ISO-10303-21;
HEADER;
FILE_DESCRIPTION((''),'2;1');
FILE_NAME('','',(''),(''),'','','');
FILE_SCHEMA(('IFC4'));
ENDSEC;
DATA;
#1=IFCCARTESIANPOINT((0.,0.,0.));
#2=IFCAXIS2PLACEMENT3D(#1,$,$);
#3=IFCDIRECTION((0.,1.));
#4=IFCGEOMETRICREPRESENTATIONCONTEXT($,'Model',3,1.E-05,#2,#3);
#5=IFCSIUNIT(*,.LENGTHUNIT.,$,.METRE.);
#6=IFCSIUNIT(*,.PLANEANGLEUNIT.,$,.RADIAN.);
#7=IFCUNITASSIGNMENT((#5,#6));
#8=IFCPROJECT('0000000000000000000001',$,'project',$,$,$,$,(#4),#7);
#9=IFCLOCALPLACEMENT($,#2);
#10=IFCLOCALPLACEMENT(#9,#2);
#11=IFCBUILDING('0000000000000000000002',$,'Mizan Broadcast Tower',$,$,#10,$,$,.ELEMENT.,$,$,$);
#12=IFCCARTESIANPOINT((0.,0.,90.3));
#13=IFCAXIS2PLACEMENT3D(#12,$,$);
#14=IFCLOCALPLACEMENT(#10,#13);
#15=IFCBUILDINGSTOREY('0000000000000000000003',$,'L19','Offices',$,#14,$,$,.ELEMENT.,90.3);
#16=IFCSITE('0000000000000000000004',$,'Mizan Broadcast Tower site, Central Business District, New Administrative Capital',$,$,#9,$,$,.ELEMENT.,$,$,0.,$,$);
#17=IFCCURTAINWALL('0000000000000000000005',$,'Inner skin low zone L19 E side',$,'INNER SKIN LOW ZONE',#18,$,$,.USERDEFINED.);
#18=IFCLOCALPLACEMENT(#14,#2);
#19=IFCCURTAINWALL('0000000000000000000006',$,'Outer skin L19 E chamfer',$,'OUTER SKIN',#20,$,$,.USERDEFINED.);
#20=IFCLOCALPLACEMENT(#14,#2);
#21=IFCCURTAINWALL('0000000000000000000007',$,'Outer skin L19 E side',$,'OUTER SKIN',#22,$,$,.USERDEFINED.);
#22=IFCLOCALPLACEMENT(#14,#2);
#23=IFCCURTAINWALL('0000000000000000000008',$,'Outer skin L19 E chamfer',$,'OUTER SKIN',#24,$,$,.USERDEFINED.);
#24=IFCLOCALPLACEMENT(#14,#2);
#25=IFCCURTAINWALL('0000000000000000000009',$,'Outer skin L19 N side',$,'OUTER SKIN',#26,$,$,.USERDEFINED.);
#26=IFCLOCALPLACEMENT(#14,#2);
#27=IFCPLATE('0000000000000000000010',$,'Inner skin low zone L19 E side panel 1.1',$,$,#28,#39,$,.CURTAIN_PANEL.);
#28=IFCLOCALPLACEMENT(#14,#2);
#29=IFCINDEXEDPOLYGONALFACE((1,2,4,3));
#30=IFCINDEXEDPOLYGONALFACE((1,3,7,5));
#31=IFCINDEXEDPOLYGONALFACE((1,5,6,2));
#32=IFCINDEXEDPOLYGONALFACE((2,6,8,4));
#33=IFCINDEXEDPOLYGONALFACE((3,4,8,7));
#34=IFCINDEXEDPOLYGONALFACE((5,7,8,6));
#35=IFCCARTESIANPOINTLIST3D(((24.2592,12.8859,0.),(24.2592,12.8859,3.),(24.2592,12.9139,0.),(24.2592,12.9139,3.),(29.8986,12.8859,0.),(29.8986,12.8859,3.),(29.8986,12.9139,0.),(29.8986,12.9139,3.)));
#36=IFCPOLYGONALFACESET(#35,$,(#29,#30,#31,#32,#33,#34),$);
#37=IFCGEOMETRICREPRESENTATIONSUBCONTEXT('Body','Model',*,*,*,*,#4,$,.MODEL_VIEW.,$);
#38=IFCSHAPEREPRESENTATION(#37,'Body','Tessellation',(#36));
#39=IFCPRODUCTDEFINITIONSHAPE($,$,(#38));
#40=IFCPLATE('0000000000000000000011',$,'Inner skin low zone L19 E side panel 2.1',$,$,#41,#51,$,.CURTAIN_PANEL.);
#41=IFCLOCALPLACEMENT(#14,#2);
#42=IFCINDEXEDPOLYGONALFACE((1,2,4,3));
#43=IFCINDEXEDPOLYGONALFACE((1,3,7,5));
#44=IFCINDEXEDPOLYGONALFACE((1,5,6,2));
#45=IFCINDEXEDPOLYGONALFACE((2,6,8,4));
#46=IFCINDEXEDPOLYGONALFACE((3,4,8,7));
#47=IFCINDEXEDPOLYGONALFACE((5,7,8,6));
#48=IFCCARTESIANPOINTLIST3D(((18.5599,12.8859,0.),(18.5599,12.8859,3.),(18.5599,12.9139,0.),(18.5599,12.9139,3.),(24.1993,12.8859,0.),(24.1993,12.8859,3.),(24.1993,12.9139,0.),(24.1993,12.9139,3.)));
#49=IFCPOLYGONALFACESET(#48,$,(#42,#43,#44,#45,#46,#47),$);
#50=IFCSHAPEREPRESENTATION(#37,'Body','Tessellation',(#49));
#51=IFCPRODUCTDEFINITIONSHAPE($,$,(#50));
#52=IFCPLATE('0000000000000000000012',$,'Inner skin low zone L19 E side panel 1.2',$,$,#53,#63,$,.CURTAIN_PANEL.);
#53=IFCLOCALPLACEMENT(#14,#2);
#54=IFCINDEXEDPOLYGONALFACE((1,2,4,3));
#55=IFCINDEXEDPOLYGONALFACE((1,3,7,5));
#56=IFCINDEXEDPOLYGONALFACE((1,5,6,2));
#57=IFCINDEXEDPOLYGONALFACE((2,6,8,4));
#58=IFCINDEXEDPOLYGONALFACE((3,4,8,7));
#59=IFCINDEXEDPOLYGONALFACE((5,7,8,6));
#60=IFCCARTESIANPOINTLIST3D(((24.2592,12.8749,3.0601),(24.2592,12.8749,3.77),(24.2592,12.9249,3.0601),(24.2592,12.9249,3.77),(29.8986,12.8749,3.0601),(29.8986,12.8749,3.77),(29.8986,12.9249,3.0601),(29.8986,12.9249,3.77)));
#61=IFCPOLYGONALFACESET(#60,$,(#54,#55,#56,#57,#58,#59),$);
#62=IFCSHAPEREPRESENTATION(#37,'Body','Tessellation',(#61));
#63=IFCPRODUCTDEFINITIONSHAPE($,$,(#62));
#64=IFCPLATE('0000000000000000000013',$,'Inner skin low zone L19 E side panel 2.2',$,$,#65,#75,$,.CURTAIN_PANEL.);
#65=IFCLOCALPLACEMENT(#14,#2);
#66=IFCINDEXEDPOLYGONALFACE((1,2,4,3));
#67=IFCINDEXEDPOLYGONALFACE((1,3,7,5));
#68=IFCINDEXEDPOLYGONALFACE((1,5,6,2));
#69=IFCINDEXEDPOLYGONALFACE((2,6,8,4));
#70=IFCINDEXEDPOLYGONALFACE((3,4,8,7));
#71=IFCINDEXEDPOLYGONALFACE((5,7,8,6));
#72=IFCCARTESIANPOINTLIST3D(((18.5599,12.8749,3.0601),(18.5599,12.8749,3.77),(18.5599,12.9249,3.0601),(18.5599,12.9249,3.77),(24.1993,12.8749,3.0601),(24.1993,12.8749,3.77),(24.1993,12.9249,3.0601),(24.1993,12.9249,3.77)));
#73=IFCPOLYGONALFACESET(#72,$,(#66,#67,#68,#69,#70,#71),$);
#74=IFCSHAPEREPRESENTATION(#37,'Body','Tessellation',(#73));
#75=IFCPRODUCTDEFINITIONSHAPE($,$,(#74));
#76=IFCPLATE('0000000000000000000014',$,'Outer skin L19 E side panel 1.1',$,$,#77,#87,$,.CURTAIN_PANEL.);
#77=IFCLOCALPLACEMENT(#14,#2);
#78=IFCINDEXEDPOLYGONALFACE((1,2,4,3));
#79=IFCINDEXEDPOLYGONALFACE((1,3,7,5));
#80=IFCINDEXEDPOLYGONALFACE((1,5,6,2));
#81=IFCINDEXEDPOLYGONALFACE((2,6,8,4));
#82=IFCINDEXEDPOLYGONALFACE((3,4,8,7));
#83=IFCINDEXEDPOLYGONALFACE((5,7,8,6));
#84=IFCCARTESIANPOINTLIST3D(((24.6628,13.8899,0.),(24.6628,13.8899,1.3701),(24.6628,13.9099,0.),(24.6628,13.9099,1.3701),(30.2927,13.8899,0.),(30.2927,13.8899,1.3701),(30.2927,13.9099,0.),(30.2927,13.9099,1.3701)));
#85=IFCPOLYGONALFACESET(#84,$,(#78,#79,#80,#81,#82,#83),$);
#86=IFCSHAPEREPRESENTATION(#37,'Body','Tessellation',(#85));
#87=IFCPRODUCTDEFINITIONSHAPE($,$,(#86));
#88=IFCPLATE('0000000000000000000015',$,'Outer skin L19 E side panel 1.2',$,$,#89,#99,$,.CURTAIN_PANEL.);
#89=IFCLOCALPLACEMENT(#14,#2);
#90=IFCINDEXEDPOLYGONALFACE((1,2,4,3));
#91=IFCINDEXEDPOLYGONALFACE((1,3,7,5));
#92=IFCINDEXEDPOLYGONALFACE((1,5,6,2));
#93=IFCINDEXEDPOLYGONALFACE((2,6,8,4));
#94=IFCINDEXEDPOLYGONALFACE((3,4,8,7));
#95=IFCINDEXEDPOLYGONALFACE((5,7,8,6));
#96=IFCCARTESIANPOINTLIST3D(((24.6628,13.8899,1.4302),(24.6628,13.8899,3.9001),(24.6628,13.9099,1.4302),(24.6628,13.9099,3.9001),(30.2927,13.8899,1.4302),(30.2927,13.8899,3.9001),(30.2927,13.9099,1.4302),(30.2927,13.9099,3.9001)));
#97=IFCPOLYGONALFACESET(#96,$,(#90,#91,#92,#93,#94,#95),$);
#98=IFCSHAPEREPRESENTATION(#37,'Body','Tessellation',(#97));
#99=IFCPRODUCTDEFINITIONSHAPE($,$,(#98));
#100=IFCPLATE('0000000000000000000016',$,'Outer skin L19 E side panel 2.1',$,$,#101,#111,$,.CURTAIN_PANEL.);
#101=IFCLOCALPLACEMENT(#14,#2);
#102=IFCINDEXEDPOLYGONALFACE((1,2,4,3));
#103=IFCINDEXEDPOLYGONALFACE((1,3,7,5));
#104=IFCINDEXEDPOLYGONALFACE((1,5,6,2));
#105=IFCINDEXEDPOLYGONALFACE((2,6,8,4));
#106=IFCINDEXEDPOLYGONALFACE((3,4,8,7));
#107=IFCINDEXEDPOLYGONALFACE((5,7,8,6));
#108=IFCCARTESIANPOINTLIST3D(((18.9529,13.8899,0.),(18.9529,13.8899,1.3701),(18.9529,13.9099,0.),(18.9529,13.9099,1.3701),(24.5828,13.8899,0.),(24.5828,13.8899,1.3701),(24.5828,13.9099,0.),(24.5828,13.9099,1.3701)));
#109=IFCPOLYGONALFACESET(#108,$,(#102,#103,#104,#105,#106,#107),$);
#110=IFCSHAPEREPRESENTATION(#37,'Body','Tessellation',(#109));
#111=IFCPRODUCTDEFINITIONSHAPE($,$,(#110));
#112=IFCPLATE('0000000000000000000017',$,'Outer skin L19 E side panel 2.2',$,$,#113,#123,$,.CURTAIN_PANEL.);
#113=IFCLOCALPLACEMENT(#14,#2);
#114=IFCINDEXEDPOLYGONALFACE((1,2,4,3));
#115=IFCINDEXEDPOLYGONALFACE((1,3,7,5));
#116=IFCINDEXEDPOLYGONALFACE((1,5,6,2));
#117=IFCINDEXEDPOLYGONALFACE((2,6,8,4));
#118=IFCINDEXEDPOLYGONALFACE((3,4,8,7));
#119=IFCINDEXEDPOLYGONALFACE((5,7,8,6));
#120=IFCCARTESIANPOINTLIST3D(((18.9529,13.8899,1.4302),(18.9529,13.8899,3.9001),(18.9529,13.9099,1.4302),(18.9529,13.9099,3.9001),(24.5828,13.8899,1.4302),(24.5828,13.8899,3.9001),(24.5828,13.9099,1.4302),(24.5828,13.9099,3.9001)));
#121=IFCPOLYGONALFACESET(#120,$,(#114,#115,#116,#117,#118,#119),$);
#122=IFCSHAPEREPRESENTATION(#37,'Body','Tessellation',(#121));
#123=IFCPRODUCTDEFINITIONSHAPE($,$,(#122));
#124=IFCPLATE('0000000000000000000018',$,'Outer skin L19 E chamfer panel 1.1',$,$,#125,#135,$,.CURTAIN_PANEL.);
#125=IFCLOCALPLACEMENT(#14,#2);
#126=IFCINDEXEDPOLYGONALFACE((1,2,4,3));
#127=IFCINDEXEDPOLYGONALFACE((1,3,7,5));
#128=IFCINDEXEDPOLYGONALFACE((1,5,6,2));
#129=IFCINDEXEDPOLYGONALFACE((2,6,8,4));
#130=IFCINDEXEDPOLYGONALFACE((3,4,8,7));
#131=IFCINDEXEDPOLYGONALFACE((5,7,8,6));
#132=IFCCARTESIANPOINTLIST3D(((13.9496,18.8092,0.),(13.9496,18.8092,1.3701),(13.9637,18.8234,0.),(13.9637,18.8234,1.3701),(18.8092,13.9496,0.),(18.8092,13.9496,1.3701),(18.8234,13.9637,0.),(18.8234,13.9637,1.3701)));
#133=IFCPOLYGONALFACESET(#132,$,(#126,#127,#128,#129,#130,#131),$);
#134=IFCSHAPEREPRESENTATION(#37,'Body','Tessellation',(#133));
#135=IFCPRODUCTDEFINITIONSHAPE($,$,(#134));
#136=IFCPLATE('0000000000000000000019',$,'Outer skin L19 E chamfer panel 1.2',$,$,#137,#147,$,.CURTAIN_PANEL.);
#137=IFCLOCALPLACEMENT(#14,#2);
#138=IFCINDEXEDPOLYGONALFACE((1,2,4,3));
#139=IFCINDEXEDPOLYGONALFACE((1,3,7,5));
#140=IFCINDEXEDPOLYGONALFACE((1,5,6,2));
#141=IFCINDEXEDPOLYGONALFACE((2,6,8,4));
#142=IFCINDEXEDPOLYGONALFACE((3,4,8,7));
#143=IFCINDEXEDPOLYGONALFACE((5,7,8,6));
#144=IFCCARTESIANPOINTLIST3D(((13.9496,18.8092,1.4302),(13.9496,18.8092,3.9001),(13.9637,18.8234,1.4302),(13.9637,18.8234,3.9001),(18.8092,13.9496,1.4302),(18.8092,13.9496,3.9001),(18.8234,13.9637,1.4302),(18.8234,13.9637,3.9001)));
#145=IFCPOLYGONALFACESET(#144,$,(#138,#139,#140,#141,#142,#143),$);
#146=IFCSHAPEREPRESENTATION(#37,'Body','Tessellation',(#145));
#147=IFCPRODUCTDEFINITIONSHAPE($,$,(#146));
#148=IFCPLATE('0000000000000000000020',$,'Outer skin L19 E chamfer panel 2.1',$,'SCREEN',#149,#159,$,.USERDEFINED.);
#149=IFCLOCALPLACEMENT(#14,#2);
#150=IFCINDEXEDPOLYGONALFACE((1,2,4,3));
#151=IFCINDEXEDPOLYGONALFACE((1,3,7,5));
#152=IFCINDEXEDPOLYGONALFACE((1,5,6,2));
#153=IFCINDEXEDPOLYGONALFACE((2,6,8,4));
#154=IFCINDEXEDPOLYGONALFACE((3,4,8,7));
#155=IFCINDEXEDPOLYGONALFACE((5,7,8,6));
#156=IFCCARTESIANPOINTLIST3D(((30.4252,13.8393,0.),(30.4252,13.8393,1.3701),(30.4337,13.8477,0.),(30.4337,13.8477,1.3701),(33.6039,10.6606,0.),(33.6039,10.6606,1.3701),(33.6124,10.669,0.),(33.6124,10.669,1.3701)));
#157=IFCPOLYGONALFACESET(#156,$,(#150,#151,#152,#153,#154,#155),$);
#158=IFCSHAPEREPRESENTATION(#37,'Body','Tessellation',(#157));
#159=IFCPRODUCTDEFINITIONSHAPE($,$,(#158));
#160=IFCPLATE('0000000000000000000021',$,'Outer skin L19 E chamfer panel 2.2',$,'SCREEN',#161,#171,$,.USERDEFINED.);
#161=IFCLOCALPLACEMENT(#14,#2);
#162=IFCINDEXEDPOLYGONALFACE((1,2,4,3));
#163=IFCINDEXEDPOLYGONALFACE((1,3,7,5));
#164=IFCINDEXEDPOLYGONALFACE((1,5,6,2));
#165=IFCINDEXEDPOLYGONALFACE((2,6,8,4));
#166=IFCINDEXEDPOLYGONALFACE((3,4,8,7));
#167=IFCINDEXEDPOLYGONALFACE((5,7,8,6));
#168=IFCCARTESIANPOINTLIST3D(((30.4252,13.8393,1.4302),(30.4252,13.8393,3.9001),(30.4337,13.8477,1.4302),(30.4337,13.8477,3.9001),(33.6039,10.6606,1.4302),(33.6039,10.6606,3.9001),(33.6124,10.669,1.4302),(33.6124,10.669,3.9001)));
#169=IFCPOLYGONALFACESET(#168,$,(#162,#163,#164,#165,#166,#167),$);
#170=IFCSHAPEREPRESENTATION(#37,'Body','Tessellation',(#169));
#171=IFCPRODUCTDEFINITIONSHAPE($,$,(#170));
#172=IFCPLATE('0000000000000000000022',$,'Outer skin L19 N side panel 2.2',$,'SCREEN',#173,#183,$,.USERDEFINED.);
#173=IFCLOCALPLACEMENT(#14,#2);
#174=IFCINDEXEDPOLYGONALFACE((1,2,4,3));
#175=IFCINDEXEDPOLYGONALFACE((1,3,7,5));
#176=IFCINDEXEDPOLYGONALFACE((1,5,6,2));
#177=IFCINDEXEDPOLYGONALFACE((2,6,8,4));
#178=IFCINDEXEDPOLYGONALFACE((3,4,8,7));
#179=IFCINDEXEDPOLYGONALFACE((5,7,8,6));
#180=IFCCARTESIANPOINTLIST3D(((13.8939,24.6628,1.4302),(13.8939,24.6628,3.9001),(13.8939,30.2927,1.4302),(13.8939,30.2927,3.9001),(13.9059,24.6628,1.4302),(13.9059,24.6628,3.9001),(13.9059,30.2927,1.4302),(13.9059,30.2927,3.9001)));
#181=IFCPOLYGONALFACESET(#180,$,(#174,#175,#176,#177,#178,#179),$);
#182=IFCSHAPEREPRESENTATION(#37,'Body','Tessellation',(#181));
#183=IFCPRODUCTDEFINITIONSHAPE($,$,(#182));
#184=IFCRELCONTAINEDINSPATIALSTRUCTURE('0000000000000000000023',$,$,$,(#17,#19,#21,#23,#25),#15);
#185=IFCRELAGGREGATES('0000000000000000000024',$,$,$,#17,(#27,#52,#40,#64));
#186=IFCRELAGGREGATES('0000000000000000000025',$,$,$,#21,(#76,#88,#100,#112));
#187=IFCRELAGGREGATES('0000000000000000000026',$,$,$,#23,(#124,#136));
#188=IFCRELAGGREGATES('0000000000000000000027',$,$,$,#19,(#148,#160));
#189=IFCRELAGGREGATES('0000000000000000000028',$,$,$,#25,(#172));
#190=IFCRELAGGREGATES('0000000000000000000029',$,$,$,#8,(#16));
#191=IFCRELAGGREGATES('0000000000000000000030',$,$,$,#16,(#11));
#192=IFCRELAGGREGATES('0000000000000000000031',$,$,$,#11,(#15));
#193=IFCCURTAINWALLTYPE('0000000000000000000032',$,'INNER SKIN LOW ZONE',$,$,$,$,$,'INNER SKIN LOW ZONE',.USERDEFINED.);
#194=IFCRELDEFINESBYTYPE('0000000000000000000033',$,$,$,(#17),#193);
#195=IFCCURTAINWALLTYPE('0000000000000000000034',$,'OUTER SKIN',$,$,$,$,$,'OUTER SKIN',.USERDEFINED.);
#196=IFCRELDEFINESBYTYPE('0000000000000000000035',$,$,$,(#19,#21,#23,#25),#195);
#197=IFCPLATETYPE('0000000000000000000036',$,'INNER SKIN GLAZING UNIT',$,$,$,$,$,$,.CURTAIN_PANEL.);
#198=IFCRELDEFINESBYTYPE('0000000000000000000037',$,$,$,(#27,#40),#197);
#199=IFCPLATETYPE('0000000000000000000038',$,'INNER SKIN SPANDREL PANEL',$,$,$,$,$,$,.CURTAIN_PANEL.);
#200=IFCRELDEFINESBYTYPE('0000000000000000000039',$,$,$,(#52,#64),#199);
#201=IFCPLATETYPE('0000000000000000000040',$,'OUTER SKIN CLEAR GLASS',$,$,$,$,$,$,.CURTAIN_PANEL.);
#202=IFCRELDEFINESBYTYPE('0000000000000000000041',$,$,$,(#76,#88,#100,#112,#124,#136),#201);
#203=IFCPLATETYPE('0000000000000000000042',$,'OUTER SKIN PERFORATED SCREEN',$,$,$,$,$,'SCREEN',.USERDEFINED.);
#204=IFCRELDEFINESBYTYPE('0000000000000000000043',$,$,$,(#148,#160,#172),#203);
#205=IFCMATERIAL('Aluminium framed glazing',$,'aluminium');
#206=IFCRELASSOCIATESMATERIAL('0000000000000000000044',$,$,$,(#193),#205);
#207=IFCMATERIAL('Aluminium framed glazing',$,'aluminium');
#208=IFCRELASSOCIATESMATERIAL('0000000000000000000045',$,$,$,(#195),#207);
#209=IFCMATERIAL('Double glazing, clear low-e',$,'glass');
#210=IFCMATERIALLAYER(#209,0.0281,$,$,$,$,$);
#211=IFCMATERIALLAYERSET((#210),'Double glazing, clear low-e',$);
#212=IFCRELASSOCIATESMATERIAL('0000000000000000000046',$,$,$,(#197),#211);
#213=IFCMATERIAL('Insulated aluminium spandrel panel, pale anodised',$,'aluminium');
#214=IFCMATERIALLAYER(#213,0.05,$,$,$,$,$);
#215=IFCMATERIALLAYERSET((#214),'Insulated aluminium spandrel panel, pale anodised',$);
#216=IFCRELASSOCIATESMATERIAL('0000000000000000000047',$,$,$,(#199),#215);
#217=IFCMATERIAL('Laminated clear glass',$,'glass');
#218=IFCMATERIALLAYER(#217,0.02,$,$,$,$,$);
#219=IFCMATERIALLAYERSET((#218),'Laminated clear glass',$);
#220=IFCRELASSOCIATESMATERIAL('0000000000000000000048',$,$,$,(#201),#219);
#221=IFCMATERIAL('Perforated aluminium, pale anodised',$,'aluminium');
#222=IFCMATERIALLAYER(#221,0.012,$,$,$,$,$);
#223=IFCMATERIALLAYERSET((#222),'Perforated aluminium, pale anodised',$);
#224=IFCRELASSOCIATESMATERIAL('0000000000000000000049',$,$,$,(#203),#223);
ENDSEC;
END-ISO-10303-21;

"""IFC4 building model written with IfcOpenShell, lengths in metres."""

from ifc_helpers import new_model, si_unit, direction, frame, origin, origin_2d, place, context, subcontext, project, spatial, rectangle, extrude, material, layer, layer_set, type_object, element, aggregate, save


model = new_model("IFC4")

# Units and contexts
model_context = context("Model", 3, precision=1e-05, world=origin(), true_north=direction((0.0, 1.0)))
body_context = subcontext(model_context, "Body", "Model", "MODEL_VIEW")
ifc_project = project(units=[si_unit("LENGTHUNIT", "METRE"), si_unit("PLANEANGLEUNIT", "RADIAN")], contexts=[model_context])

# Site, building, storey
site_placement = place(None, origin())
site = spatial("IfcSite", under=ifc_project, at=site_placement, Name="Mizan Broadcast Tower site, Central Business District, New Administrative Capital", CompositionType="ELEMENT", RefElevation=0.0)
building_placement = place(site_placement, origin())
building = spatial("IfcBuilding", under=site, at=building_placement, Name="Mizan Broadcast Tower", CompositionType="ELEMENT")
storey_placement = place(building_placement, frame((0.0, 0.0, 90.3)))
storey = spatial("IfcBuildingStorey", under=building, at=storey_placement, Name="L19", Description="Offices", CompositionType="ELEMENT", Elevation=90.3)

# Shared definitions
ifc_material_1 = material(Name="Aluminium framed glazing", Category="aluminium")
curtain_wall_type_1 = type_object("IfcCurtainWallType", Name="INNER SKIN LOW ZONE", ElementType="INNER SKIN LOW ZONE", PredefinedType="USERDEFINED", material=ifc_material_1)

# Curtain wall
curtain_wall_1_placement = place(storey_placement, origin())
curtain_wall_1 = element("IfcCurtainWall", 1, at=curtain_wall_1_placement, inside=storey, type_object=curtain_wall_type_1, Name="Inner skin low zone L19 E side", ObjectType="INNER SKIN LOW ZONE", PredefinedType="USERDEFINED")

# Curtain wall
ifc_material_2 = material(Name="Aluminium framed glazing", Category="aluminium")
curtain_wall_type_2 = type_object("IfcCurtainWallType", Name="OUTER SKIN", ElementType="OUTER SKIN", PredefinedType="USERDEFINED", material=ifc_material_2)
curtain_wall_2_placement = place(storey_placement, origin())
curtain_wall_2 = element("IfcCurtainWall", 2, at=curtain_wall_2_placement, inside=storey, type_object=curtain_wall_type_2, Name="Outer skin L19 E chamfer", ObjectType="OUTER SKIN", PredefinedType="USERDEFINED")

# Curtain wall
curtain_wall_3_placement = place(storey_placement, origin())
curtain_wall_3 = element("IfcCurtainWall", 3, at=curtain_wall_3_placement, inside=storey, type_object=curtain_wall_type_2, Name="Outer skin L19 E side", ObjectType="OUTER SKIN", PredefinedType="USERDEFINED")

# Curtain walls
curtain_wall_4_placement = place(storey_placement, origin())
curtain_wall_4 = element("IfcCurtainWall", 4, at=curtain_wall_4_placement, inside=storey, type_object=curtain_wall_type_2, Name="Outer skin L19 E chamfer", ObjectType="OUTER SKIN", PredefinedType="USERDEFINED")
curtain_wall_5_placement = place(storey_placement, origin())
curtain_wall_5 = element("IfcCurtainWall", 5, at=curtain_wall_5_placement, inside=storey, type_object=curtain_wall_type_2, Name="Outer skin L19 N side", ObjectType="OUTER SKIN", PredefinedType="USERDEFINED")

# Plates
ifc_material_3 = material(Name="Double glazing, clear low-e", Category="glass")
ifc_layer_1 = layer(ifc_material_3, 0.0281)
ifc_layer_set_1 = layer_set([ifc_layer_1], Name="Double glazing, clear low-e")
plate_type_1 = type_object("IfcPlateType", Name="INNER SKIN GLAZING UNIT", PredefinedType="CURTAIN_PANEL", material=ifc_layer_set_1)
plate_1_placement = place(storey_placement, frame((27.0789, 12.8999, 0.0), z_axis=(0.0, 0.0, 1.0), x_axis=(-1.0, 0.0, 0.0)))
plate_1 = element("IfcPlate", 6, at=plate_1_placement, type_object=plate_type_1, Name="Inner skin low zone L19 E side panel 1.1", PredefinedType="CURTAIN_PANEL", context=body_context, shape_type="SweptSolid", body=[
    extrude(rectangle(XDim=5.6394, YDim=0.0281, at=origin_2d()), origin(), (0.0, 0.0, 1.0), 3.0),
])
plate_2_placement = place(storey_placement, frame((21.3796, 12.8999, 0.0), z_axis=(0.0, 0.0, 1.0), x_axis=(-1.0, 0.0, 0.0)))
plate_2 = element("IfcPlate", 7, at=plate_2_placement, type_object=plate_type_1, Name="Inner skin low zone L19 E side panel 2.1", PredefinedType="CURTAIN_PANEL", context=body_context, shape_type="SweptSolid", body=[
    extrude(rectangle(XDim=5.6394, YDim=0.0281, at=origin_2d()), origin(), (0.0, 0.0, 1.0), 3.0),
])
ifc_material_4 = material(Name="Insulated aluminium spandrel panel, pale anodised", Category="aluminium")
ifc_layer_2 = layer(ifc_material_4, 0.05)
ifc_layer_set_2 = layer_set([ifc_layer_2], Name="Insulated aluminium spandrel panel, pale anodised")
plate_type_2 = type_object("IfcPlateType", Name="INNER SKIN SPANDREL PANEL", PredefinedType="CURTAIN_PANEL", material=ifc_layer_set_2)
plate_3_placement = place(storey_placement, frame((27.0789, 12.8999, 3.0601), z_axis=(0.0, 0.0, 1.0), x_axis=(-1.0, 0.0, 0.0)))
plate_3 = element("IfcPlate", 8, at=plate_3_placement, type_object=plate_type_2, Name="Inner skin low zone L19 E side panel 1.2", PredefinedType="CURTAIN_PANEL", context=body_context, shape_type="SweptSolid", body=[
    extrude(rectangle(XDim=5.6394, YDim=0.05, at=origin_2d()), origin(), (0.0, 0.0, 1.0), 0.71),
])
plate_4_placement = place(storey_placement, frame((21.3796, 12.8999, 3.0601), z_axis=(0.0, 0.0, 1.0), x_axis=(-1.0, 0.0, 0.0)))
plate_4 = element("IfcPlate", 9, at=plate_4_placement, type_object=plate_type_2, Name="Inner skin low zone L19 E side panel 2.2", PredefinedType="CURTAIN_PANEL", context=body_context, shape_type="SweptSolid", body=[
    extrude(rectangle(XDim=5.6394, YDim=0.05, at=origin_2d()), origin(), (0.0, 0.0, 1.0), 0.71),
])
aggregate(curtain_wall_1, [plate_1, plate_3, plate_2, plate_4])
ifc_material_5 = material(Name="Laminated clear glass", Category="glass")
ifc_layer_3 = layer(ifc_material_5, 0.02)
ifc_layer_set_3 = layer_set([ifc_layer_3], Name="Laminated clear glass")
plate_type_3 = type_object("IfcPlateType", Name="OUTER SKIN CLEAR GLASS", PredefinedType="CURTAIN_PANEL", material=ifc_layer_set_3)
plate_5_placement = place(storey_placement, frame((27.4778, 13.8999, 0.0), z_axis=(0.0, 0.0, 1.0), x_axis=(-1.0, 0.0, 0.0)))
plate_5 = element("IfcPlate", 10, at=plate_5_placement, type_object=plate_type_3, Name="Outer skin L19 E side panel 1.1", PredefinedType="CURTAIN_PANEL", context=body_context, shape_type="SweptSolid", body=[
    extrude(rectangle(XDim=5.6299, YDim=0.02, at=origin_2d()), origin(), (0.0, 0.0, 1.0), 1.3701),
])
plate_6_placement = place(storey_placement, frame((27.4778, 13.8999, 1.4302), z_axis=(0.0, 0.0, 1.0), x_axis=(-1.0, 0.0, 0.0)))
plate_6 = element("IfcPlate", 11, at=plate_6_placement, type_object=plate_type_3, Name="Outer skin L19 E side panel 1.2", PredefinedType="CURTAIN_PANEL", context=body_context, shape_type="SweptSolid", body=[
    extrude(rectangle(XDim=5.6299, YDim=0.02, at=origin_2d()), origin(), (0.0, 0.0, 1.0), 2.47),
])
plate_7_placement = place(storey_placement, frame((21.7678, 13.8999, 0.0), z_axis=(0.0, 0.0, 1.0), x_axis=(-1.0, 0.0, 0.0)))
plate_7 = element("IfcPlate", 12, at=plate_7_placement, type_object=plate_type_3, Name="Outer skin L19 E side panel 2.1", PredefinedType="CURTAIN_PANEL", context=body_context, shape_type="SweptSolid", body=[
    extrude(rectangle(XDim=5.6299, YDim=0.02, at=origin_2d()), origin(), (0.0, 0.0, 1.0), 1.3701),
])
plate_8_placement = place(storey_placement, frame((21.7678, 13.8999, 1.4302), z_axis=(0.0, 0.0, 1.0), x_axis=(-1.0, 0.0, 0.0)))
plate_8 = element("IfcPlate", 13, at=plate_8_placement, type_object=plate_type_3, Name="Outer skin L19 E side panel 2.2", PredefinedType="CURTAIN_PANEL", context=body_context, shape_type="SweptSolid", body=[
    extrude(rectangle(XDim=5.6299, YDim=0.02, at=origin_2d()), origin(), (0.0, 0.0, 1.0), 2.47),
])
aggregate(curtain_wall_3, [plate_5, plate_6, plate_7, plate_8])
plate_9_placement = place(storey_placement, frame((16.3865, 16.3865, 0.0), z_axis=(0.0, 0.0, 1.0), x_axis=(-0.707107, 0.707107, 0.0)))
plate_9 = element("IfcPlate", 14, at=plate_9_placement, type_object=plate_type_3, Name="Outer skin L19 E chamfer panel 1.1", PredefinedType="CURTAIN_PANEL", context=body_context, shape_type="SweptSolid", body=[
    extrude(rectangle(XDim=6.8726, YDim=0.02, at=origin_2d()), origin(), (0.0, 0.0, 1.0), 1.3701),
])
plate_10_placement = place(storey_placement, frame((16.3865, 16.3865, 1.4302), z_axis=(0.0, 0.0, 1.0), x_axis=(-0.707107, 0.707107, 0.0)))
plate_10 = element("IfcPlate", 15, at=plate_10_placement, type_object=plate_type_3, Name="Outer skin L19 E chamfer panel 1.2", PredefinedType="CURTAIN_PANEL", context=body_context, shape_type="SweptSolid", body=[
    extrude(rectangle(XDim=6.8726, YDim=0.02, at=origin_2d()), origin(), (0.0, 0.0, 1.0), 2.47),
])
aggregate(curtain_wall_4, [plate_9, plate_10])
ifc_material_6 = material(Name="Perforated aluminium, pale anodised", Category="aluminium")
ifc_layer_4 = layer(ifc_material_6, 0.012)
ifc_layer_set_4 = layer_set([ifc_layer_4], Name="Perforated aluminium, pale anodised")
plate_type_4 = type_object("IfcPlateType", Name="OUTER SKIN PERFORATED SCREEN", ElementType="SCREEN", PredefinedType="USERDEFINED", material=ifc_layer_set_4)
plate_11_placement = place(storey_placement, frame((32.0188, 12.2542, 0.0), z_axis=(0.0, 0.0, 1.0), x_axis=(-0.707107, 0.707107, 0.0)))
plate_11 = element("IfcPlate", 16, at=plate_11_placement, type_object=plate_type_4, Name="Outer skin L19 E chamfer panel 2.1", ObjectType="SCREEN", PredefinedType="USERDEFINED", context=body_context, shape_type="SweptSolid", body=[
    extrude(rectangle(XDim=4.4954, YDim=0.012, at=origin_2d()), origin(), (0.0, 0.0, 1.0), 1.3701),
])
plate_12_placement = place(storey_placement, frame((32.0188, 12.2542, 1.4302), z_axis=(0.0, 0.0, 1.0), x_axis=(-0.707107, 0.707107, 0.0)))
plate_12 = element("IfcPlate", 17, at=plate_12_placement, type_object=plate_type_4, Name="Outer skin L19 E chamfer panel 2.2", ObjectType="SCREEN", PredefinedType="USERDEFINED", context=body_context, shape_type="SweptSolid", body=[
    extrude(rectangle(XDim=4.4954, YDim=0.012, at=origin_2d()), origin(), (0.0, 0.0, 1.0), 2.47),
])
aggregate(curtain_wall_2, [plate_11, plate_12])
plate_13_placement = place(storey_placement, frame((13.8999, 27.4778, 1.4302), z_axis=(0.0, 0.0, 1.0), x_axis=(0.0, 1.0, 0.0)))
plate_13 = element("IfcPlate", 18, at=plate_13_placement, type_object=plate_type_4, Name="Outer skin L19 N side panel 2.2", ObjectType="SCREEN", PredefinedType="USERDEFINED", context=body_context, shape_type="SweptSolid", body=[
    extrude(rectangle(XDim=5.6299, YDim=0.012, at=origin_2d()), origin(), (0.0, 0.0, 1.0), 2.47),
])
aggregate(curtain_wall_5, [plate_13])

save(model, "model.ifc")
